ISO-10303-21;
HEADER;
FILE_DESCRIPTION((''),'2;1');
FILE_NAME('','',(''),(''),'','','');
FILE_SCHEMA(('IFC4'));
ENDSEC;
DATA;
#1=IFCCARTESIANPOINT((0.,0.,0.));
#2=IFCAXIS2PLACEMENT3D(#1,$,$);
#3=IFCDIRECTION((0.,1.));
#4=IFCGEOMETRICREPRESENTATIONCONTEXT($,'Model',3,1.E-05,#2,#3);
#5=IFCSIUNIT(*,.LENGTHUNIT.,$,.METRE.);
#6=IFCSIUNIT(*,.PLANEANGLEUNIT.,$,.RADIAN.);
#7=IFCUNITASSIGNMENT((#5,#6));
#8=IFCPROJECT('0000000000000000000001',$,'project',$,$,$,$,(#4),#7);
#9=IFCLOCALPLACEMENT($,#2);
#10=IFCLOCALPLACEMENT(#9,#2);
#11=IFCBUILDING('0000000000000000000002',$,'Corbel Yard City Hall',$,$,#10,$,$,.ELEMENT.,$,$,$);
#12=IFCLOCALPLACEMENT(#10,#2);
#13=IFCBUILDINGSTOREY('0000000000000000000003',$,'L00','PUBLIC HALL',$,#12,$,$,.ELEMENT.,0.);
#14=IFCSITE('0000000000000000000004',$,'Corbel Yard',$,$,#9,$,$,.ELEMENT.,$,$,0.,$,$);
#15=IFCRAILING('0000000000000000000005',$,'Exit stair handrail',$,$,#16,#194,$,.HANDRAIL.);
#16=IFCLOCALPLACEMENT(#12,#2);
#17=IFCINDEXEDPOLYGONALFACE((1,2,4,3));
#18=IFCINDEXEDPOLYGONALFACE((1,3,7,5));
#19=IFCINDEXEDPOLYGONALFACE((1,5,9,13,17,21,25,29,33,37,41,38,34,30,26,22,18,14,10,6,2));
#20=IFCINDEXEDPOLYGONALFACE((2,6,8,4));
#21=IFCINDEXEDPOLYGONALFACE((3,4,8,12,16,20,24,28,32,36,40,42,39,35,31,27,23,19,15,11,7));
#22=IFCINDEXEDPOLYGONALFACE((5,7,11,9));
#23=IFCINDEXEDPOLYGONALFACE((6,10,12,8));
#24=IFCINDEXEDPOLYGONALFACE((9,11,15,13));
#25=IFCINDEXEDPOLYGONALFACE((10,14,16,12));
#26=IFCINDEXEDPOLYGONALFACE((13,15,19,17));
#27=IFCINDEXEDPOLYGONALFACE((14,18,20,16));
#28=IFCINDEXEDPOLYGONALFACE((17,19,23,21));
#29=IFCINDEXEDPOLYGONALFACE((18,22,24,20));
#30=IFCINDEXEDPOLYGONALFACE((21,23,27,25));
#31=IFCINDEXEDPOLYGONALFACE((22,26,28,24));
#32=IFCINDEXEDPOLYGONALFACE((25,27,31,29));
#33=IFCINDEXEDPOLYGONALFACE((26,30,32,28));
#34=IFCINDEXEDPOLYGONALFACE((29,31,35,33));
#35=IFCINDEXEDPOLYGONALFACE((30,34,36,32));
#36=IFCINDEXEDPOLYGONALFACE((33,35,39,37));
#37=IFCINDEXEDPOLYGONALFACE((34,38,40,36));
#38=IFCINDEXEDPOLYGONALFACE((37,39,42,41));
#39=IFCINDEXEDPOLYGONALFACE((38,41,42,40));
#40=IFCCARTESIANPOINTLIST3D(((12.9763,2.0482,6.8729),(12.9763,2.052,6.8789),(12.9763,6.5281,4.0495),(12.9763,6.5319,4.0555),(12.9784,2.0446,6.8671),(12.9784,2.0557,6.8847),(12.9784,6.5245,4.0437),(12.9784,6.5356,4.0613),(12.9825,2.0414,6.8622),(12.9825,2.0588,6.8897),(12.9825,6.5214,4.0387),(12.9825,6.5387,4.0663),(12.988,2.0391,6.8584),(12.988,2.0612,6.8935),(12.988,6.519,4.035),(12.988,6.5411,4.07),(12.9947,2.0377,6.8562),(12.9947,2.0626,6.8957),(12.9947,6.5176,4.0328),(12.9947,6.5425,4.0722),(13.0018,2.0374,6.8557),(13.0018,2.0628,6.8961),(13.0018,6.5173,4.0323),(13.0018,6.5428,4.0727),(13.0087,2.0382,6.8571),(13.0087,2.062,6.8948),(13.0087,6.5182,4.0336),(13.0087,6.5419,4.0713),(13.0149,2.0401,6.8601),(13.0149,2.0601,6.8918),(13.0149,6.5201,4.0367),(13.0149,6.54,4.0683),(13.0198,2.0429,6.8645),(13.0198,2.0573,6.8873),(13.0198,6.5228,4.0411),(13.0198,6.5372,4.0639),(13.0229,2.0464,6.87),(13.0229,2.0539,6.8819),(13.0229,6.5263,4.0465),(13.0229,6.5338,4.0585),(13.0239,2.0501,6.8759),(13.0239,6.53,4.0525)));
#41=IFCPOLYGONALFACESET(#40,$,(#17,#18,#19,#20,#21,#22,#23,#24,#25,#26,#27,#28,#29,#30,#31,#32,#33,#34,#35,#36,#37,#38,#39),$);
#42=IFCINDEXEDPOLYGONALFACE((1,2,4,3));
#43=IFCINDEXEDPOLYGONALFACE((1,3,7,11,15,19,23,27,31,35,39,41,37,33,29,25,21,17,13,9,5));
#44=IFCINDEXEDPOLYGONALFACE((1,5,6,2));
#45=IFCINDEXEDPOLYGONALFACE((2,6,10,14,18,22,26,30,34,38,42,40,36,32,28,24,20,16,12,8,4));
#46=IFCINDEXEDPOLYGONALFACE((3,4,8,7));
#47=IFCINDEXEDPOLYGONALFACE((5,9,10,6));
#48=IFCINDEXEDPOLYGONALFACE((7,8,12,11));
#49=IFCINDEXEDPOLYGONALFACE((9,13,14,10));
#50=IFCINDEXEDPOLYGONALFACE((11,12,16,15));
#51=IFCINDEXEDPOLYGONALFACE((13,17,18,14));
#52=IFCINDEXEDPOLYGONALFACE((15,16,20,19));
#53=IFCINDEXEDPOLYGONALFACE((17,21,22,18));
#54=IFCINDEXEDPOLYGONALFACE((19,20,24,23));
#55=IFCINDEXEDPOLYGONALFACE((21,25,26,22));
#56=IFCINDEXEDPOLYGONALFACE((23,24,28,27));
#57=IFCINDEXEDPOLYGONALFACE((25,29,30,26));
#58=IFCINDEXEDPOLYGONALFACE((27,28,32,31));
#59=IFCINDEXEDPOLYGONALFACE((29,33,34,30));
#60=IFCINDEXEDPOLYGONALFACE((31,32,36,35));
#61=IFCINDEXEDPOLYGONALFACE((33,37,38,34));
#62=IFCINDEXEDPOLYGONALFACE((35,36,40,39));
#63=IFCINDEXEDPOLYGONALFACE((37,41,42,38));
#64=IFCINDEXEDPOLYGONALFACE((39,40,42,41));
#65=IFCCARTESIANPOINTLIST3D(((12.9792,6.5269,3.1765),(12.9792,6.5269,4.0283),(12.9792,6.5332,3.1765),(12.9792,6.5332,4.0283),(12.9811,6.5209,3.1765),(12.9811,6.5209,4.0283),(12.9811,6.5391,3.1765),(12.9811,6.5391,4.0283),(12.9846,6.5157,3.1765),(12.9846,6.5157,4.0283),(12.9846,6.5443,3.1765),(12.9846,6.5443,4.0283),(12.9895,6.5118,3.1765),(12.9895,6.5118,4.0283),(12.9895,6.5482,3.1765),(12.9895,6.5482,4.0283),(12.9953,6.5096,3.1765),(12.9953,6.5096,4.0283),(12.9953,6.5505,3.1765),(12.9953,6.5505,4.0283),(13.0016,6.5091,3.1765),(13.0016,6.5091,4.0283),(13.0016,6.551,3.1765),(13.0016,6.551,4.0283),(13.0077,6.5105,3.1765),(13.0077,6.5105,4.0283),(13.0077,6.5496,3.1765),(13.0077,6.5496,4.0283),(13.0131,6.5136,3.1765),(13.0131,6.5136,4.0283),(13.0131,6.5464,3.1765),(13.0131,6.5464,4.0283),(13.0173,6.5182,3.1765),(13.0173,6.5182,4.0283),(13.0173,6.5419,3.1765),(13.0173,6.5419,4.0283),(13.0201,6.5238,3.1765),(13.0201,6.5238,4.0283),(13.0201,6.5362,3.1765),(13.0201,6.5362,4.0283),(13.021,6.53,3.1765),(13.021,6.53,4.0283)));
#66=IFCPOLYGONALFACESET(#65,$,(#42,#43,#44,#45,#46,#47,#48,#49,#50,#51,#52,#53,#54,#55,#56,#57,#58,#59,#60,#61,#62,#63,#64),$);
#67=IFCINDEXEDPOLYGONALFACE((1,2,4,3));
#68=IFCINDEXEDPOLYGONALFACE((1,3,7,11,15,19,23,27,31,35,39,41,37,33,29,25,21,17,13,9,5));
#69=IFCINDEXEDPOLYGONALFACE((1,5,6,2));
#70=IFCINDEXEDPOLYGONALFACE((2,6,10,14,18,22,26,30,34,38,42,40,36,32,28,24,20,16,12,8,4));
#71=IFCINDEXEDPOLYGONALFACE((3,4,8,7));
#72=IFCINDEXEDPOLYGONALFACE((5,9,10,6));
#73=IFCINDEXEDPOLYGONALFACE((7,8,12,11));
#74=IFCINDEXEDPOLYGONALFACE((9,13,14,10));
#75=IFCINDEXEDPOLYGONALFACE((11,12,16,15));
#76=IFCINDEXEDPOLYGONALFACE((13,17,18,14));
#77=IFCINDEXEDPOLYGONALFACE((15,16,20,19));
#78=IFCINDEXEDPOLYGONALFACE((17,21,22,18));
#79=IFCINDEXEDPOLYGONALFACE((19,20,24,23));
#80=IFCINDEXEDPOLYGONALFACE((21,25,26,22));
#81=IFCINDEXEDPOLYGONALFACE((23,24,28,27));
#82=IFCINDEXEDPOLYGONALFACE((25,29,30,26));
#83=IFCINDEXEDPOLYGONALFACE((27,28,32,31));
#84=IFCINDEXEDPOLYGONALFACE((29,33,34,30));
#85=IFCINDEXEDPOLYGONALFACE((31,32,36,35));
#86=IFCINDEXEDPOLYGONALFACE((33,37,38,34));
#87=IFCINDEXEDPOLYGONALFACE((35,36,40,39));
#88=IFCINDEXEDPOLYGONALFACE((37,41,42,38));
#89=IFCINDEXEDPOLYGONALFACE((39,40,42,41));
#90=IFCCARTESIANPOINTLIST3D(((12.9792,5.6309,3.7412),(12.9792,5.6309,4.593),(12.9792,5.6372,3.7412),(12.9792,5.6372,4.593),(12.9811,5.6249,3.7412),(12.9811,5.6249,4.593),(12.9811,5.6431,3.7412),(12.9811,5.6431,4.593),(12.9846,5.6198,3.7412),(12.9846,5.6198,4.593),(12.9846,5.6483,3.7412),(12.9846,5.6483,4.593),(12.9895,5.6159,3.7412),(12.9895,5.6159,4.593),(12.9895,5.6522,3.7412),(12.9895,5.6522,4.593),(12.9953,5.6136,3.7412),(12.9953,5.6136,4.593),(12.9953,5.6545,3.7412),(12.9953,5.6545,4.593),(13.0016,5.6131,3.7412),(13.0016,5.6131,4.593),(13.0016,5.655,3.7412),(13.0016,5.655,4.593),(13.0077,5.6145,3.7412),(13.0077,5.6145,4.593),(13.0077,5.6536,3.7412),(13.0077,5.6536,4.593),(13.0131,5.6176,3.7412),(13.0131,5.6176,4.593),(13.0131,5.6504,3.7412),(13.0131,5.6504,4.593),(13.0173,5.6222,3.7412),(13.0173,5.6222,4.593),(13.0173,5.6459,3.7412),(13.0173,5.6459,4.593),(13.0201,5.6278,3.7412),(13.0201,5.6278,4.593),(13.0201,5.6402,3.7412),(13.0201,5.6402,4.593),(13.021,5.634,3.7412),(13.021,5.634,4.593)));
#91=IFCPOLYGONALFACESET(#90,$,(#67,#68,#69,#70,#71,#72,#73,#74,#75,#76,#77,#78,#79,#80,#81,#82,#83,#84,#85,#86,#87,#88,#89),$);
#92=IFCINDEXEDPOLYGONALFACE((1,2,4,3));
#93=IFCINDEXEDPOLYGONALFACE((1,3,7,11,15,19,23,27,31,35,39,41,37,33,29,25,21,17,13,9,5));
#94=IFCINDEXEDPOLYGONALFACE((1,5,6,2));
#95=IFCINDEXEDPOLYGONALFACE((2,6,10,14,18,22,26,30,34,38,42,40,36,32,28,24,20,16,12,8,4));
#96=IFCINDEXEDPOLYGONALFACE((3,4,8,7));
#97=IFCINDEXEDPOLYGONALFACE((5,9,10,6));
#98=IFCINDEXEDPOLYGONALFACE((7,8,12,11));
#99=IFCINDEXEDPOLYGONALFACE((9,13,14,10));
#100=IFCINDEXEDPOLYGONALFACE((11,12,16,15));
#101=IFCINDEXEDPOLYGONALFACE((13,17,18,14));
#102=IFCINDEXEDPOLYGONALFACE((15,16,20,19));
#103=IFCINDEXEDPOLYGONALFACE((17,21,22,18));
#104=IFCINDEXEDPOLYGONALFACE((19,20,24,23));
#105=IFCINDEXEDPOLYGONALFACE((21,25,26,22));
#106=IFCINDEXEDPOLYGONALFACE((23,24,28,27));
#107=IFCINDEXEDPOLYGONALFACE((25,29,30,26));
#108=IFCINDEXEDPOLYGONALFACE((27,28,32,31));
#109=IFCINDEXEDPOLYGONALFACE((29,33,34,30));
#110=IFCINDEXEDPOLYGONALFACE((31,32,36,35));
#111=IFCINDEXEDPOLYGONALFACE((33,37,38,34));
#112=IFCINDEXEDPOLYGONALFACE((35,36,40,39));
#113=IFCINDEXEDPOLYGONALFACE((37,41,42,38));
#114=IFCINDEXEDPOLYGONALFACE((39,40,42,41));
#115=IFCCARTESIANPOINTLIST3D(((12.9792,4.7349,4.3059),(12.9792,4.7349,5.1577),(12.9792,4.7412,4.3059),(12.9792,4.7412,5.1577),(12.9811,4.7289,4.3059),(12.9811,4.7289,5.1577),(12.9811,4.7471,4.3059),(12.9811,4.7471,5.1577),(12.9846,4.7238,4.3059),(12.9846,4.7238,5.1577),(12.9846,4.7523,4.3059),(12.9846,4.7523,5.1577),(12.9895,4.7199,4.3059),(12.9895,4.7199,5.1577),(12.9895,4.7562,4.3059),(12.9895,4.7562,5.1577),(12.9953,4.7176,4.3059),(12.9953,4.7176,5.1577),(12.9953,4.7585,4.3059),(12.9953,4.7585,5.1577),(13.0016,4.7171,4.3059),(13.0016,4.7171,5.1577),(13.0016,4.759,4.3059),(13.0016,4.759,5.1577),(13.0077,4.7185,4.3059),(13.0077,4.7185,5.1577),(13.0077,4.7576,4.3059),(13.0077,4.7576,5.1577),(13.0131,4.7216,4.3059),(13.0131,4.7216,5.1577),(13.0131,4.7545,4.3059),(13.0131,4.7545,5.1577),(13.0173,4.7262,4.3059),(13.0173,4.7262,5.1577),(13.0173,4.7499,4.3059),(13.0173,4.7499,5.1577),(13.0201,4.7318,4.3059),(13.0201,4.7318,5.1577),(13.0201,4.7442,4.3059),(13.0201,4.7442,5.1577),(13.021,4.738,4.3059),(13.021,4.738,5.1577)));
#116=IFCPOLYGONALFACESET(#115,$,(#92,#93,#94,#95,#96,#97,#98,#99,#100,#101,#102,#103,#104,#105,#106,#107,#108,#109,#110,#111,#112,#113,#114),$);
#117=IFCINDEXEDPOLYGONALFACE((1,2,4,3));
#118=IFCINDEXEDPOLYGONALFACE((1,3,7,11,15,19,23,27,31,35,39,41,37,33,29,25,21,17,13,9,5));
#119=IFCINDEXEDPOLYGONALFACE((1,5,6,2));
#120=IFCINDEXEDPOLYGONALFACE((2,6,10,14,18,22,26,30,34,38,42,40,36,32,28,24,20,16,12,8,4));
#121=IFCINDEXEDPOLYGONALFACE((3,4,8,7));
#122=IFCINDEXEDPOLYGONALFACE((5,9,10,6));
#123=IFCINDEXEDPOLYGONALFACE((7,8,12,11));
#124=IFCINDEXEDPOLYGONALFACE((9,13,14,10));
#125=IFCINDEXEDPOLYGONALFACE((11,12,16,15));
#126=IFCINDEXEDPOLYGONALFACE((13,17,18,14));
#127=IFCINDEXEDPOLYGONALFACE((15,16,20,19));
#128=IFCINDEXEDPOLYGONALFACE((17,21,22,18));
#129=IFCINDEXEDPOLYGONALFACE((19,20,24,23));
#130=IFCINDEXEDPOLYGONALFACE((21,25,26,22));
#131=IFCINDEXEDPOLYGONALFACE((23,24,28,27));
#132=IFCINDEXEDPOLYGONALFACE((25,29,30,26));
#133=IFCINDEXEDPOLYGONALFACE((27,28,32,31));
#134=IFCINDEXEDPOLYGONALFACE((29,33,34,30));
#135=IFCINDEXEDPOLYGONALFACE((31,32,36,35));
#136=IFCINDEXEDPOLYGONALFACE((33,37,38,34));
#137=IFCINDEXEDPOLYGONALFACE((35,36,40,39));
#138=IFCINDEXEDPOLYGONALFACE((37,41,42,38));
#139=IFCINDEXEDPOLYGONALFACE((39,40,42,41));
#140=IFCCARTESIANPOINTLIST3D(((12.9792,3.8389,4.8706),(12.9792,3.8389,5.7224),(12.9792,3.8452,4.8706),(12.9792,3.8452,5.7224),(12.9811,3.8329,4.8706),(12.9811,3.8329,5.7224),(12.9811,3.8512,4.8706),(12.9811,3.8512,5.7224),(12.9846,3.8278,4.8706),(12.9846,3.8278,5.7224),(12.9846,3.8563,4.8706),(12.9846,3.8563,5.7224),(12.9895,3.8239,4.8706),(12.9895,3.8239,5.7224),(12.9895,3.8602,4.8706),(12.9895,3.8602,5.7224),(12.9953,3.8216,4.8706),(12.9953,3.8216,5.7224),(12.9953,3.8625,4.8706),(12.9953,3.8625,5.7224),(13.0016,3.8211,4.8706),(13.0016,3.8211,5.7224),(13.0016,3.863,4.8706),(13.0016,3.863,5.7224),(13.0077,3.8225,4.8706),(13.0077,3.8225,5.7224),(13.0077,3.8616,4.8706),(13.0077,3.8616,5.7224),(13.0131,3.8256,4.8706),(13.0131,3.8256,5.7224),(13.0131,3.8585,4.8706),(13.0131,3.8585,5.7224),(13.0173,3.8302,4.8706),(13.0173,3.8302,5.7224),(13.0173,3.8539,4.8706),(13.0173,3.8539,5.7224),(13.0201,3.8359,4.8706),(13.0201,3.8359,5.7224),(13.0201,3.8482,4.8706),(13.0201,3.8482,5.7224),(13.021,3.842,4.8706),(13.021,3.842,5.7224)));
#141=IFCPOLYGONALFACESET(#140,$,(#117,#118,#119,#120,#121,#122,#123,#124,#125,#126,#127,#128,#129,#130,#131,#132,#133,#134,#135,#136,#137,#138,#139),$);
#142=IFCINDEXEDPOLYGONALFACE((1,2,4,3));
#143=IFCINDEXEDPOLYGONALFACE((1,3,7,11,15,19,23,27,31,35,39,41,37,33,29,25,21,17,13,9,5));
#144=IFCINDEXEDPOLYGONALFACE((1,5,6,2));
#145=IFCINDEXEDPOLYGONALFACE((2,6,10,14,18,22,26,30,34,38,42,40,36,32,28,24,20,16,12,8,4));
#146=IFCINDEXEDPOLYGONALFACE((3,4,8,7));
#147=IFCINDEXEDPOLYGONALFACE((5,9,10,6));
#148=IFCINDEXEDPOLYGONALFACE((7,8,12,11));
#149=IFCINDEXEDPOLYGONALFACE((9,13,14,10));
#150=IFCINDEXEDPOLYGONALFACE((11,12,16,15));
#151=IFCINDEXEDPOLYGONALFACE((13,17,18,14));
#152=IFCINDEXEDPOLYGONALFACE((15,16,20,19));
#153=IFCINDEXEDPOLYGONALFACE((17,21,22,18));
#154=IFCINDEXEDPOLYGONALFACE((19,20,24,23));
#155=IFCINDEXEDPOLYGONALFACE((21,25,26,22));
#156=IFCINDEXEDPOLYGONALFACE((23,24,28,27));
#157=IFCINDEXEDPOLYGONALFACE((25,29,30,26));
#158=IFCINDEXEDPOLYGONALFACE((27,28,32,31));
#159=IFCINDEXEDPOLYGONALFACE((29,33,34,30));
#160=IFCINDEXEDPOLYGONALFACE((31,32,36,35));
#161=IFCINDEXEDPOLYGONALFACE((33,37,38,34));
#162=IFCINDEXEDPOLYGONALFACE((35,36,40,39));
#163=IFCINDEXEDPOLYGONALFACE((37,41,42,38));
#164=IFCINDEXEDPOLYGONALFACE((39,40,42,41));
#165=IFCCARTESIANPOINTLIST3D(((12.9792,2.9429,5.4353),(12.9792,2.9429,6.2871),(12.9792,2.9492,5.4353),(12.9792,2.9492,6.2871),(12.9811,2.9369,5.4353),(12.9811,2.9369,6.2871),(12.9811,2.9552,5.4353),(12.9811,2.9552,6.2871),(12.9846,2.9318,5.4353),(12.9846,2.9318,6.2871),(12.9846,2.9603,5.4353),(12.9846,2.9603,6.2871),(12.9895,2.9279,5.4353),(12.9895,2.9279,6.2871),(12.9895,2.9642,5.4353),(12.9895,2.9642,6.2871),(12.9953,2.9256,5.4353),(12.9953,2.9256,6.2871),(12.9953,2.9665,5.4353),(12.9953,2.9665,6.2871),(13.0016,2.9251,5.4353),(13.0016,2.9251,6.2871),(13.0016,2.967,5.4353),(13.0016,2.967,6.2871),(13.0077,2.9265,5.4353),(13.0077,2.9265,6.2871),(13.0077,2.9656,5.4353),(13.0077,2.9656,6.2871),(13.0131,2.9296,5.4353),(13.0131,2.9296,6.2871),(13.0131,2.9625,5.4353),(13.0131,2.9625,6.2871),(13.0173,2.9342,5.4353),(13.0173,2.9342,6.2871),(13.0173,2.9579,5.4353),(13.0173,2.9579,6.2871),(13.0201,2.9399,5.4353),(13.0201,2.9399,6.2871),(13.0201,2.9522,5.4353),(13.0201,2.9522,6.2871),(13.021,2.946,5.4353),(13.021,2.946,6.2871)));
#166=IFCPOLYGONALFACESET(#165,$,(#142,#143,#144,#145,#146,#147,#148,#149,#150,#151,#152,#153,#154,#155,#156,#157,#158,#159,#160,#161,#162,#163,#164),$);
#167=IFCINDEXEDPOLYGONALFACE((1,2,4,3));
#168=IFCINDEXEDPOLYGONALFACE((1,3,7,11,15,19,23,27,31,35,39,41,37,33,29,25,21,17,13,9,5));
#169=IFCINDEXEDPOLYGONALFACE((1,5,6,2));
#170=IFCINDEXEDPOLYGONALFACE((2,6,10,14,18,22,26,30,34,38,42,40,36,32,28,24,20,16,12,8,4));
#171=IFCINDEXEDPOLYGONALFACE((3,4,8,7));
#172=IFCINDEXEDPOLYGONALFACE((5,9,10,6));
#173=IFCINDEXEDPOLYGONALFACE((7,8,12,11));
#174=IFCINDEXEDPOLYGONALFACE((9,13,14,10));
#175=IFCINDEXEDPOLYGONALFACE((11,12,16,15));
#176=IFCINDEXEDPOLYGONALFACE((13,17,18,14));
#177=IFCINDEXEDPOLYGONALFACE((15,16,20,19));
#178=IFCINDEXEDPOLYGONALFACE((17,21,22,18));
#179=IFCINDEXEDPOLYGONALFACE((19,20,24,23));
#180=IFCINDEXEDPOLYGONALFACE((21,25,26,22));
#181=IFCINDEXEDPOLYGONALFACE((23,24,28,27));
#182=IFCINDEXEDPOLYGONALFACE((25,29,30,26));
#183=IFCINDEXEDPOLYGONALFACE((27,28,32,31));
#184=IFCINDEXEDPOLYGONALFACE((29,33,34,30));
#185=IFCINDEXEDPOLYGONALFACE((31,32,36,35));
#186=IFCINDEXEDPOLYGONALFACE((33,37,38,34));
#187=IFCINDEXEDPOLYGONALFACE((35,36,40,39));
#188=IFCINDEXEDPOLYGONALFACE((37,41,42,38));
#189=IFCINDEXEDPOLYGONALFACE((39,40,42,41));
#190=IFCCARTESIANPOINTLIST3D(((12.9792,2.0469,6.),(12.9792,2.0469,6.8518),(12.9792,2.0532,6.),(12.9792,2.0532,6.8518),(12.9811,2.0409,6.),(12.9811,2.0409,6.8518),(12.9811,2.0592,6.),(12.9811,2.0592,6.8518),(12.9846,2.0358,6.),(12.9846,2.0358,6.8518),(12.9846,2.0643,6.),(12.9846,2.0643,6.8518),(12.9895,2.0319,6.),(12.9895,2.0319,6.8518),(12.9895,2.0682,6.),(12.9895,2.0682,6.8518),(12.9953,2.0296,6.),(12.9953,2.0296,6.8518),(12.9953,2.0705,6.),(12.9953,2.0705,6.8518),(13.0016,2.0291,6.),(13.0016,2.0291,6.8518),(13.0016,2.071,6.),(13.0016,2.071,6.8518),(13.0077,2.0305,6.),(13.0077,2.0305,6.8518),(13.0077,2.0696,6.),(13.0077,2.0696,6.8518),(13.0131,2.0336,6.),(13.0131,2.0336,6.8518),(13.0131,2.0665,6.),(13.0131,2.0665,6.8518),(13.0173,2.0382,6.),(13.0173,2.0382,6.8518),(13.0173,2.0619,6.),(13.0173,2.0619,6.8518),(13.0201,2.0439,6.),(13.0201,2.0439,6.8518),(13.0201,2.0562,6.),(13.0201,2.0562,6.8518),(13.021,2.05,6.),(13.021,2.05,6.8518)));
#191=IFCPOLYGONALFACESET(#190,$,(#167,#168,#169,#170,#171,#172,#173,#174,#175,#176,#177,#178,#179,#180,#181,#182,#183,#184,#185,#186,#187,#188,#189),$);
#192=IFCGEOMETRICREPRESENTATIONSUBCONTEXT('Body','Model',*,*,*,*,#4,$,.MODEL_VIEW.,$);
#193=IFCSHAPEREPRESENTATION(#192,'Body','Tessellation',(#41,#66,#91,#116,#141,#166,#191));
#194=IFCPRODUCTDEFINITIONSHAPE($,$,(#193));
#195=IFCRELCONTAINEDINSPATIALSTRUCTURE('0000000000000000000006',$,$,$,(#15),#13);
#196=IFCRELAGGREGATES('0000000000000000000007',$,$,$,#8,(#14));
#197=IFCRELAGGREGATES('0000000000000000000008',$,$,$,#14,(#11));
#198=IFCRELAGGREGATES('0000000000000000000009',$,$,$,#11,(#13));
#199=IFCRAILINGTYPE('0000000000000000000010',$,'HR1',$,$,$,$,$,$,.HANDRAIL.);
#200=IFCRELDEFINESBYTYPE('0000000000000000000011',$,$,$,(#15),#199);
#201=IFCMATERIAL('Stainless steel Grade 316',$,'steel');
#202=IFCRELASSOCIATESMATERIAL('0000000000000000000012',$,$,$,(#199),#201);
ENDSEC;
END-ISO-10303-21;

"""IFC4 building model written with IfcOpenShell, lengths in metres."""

from ifc_helpers import new_model, si_unit, direction, frame, origin, origin_2d, place, context, subcontext, project, spatial, circle, extrude, material, type_object, element, save


model = new_model("IFC4")

# Units and contexts
model_context = context("Model", 3, precision=1e-05, world=origin(), true_north=direction((0.0, 1.0)))
body_context = subcontext(model_context, "Body", "Model", "MODEL_VIEW")
ifc_project = project(units=[si_unit("LENGTHUNIT", "METRE"), si_unit("PLANEANGLEUNIT", "RADIAN")], contexts=[model_context])

# Site, building, storey
site_placement = place(None, origin())
site = spatial("IfcSite", under=ifc_project, at=site_placement, Name="Corbel Yard", CompositionType="ELEMENT", RefElevation=0.0)
building_placement = place(site_placement, origin())
building = spatial("IfcBuilding", under=site, at=building_placement, Name="Corbel Yard City Hall", CompositionType="ELEMENT")
storey_placement = place(building_placement, origin())
storey = spatial("IfcBuildingStorey", under=building, at=storey_placement, Name="L00", Description="PUBLIC HALL", CompositionType="ELEMENT", Elevation=0.0)

# Railing
ifc_material_1 = material(Name="Stainless steel Grade 316", Category="steel")
railing_type = type_object("IfcRailingType", Name="HR1", PredefinedType="HANDRAIL", material=ifc_material_1)
for number, where, name in (
    (1, (13.0, 6.53, 3.1765), "Exit stair handrail"),
):
    element("IfcRailing", number, at=place(storey_placement, frame(where)), inside=storey, type_object=railing_type, Name=name, PredefinedType="HANDRAIL", context=body_context, shape_type="SweptSolid", body=[
        extrude(circle(Radius=0.0239, at=origin_2d()), frame((0.0, 0.0, 0.876), z_axis=(0.0, -0.845998, 0.533186), x_axis=(1.0, 0.0, 0.0)), (0.0, 0.0, 1.0), 5.2954),
        extrude(circle(Radius=0.021, at=origin_2d()), origin(), (0.0, 0.0, 1.0), 0.8518),
        extrude(circle(Radius=0.021, at=origin_2d()), frame((0.0, -0.896, 0.5647)), (0.0, 0.0, 1.0), 0.8518),
        extrude(circle(Radius=0.021, at=origin_2d()), frame((0.0, -1.792, 1.1294)), (0.0, 0.0, 1.0), 0.8518),
        extrude(circle(Radius=0.021, at=origin_2d()), frame((0.0, -2.688, 1.6941)), (0.0, 0.0, 1.0), 0.8518),
        extrude(circle(Radius=0.021, at=origin_2d()), frame((0.0, -3.584, 2.2588)), (0.0, 0.0, 1.0), 0.8518),
        extrude(circle(Radius=0.021, at=origin_2d()), frame((0.0, -4.48, 2.8235)), (0.0, 0.0, 1.0), 0.8518),
    ])

save(model, "model.ifc")
